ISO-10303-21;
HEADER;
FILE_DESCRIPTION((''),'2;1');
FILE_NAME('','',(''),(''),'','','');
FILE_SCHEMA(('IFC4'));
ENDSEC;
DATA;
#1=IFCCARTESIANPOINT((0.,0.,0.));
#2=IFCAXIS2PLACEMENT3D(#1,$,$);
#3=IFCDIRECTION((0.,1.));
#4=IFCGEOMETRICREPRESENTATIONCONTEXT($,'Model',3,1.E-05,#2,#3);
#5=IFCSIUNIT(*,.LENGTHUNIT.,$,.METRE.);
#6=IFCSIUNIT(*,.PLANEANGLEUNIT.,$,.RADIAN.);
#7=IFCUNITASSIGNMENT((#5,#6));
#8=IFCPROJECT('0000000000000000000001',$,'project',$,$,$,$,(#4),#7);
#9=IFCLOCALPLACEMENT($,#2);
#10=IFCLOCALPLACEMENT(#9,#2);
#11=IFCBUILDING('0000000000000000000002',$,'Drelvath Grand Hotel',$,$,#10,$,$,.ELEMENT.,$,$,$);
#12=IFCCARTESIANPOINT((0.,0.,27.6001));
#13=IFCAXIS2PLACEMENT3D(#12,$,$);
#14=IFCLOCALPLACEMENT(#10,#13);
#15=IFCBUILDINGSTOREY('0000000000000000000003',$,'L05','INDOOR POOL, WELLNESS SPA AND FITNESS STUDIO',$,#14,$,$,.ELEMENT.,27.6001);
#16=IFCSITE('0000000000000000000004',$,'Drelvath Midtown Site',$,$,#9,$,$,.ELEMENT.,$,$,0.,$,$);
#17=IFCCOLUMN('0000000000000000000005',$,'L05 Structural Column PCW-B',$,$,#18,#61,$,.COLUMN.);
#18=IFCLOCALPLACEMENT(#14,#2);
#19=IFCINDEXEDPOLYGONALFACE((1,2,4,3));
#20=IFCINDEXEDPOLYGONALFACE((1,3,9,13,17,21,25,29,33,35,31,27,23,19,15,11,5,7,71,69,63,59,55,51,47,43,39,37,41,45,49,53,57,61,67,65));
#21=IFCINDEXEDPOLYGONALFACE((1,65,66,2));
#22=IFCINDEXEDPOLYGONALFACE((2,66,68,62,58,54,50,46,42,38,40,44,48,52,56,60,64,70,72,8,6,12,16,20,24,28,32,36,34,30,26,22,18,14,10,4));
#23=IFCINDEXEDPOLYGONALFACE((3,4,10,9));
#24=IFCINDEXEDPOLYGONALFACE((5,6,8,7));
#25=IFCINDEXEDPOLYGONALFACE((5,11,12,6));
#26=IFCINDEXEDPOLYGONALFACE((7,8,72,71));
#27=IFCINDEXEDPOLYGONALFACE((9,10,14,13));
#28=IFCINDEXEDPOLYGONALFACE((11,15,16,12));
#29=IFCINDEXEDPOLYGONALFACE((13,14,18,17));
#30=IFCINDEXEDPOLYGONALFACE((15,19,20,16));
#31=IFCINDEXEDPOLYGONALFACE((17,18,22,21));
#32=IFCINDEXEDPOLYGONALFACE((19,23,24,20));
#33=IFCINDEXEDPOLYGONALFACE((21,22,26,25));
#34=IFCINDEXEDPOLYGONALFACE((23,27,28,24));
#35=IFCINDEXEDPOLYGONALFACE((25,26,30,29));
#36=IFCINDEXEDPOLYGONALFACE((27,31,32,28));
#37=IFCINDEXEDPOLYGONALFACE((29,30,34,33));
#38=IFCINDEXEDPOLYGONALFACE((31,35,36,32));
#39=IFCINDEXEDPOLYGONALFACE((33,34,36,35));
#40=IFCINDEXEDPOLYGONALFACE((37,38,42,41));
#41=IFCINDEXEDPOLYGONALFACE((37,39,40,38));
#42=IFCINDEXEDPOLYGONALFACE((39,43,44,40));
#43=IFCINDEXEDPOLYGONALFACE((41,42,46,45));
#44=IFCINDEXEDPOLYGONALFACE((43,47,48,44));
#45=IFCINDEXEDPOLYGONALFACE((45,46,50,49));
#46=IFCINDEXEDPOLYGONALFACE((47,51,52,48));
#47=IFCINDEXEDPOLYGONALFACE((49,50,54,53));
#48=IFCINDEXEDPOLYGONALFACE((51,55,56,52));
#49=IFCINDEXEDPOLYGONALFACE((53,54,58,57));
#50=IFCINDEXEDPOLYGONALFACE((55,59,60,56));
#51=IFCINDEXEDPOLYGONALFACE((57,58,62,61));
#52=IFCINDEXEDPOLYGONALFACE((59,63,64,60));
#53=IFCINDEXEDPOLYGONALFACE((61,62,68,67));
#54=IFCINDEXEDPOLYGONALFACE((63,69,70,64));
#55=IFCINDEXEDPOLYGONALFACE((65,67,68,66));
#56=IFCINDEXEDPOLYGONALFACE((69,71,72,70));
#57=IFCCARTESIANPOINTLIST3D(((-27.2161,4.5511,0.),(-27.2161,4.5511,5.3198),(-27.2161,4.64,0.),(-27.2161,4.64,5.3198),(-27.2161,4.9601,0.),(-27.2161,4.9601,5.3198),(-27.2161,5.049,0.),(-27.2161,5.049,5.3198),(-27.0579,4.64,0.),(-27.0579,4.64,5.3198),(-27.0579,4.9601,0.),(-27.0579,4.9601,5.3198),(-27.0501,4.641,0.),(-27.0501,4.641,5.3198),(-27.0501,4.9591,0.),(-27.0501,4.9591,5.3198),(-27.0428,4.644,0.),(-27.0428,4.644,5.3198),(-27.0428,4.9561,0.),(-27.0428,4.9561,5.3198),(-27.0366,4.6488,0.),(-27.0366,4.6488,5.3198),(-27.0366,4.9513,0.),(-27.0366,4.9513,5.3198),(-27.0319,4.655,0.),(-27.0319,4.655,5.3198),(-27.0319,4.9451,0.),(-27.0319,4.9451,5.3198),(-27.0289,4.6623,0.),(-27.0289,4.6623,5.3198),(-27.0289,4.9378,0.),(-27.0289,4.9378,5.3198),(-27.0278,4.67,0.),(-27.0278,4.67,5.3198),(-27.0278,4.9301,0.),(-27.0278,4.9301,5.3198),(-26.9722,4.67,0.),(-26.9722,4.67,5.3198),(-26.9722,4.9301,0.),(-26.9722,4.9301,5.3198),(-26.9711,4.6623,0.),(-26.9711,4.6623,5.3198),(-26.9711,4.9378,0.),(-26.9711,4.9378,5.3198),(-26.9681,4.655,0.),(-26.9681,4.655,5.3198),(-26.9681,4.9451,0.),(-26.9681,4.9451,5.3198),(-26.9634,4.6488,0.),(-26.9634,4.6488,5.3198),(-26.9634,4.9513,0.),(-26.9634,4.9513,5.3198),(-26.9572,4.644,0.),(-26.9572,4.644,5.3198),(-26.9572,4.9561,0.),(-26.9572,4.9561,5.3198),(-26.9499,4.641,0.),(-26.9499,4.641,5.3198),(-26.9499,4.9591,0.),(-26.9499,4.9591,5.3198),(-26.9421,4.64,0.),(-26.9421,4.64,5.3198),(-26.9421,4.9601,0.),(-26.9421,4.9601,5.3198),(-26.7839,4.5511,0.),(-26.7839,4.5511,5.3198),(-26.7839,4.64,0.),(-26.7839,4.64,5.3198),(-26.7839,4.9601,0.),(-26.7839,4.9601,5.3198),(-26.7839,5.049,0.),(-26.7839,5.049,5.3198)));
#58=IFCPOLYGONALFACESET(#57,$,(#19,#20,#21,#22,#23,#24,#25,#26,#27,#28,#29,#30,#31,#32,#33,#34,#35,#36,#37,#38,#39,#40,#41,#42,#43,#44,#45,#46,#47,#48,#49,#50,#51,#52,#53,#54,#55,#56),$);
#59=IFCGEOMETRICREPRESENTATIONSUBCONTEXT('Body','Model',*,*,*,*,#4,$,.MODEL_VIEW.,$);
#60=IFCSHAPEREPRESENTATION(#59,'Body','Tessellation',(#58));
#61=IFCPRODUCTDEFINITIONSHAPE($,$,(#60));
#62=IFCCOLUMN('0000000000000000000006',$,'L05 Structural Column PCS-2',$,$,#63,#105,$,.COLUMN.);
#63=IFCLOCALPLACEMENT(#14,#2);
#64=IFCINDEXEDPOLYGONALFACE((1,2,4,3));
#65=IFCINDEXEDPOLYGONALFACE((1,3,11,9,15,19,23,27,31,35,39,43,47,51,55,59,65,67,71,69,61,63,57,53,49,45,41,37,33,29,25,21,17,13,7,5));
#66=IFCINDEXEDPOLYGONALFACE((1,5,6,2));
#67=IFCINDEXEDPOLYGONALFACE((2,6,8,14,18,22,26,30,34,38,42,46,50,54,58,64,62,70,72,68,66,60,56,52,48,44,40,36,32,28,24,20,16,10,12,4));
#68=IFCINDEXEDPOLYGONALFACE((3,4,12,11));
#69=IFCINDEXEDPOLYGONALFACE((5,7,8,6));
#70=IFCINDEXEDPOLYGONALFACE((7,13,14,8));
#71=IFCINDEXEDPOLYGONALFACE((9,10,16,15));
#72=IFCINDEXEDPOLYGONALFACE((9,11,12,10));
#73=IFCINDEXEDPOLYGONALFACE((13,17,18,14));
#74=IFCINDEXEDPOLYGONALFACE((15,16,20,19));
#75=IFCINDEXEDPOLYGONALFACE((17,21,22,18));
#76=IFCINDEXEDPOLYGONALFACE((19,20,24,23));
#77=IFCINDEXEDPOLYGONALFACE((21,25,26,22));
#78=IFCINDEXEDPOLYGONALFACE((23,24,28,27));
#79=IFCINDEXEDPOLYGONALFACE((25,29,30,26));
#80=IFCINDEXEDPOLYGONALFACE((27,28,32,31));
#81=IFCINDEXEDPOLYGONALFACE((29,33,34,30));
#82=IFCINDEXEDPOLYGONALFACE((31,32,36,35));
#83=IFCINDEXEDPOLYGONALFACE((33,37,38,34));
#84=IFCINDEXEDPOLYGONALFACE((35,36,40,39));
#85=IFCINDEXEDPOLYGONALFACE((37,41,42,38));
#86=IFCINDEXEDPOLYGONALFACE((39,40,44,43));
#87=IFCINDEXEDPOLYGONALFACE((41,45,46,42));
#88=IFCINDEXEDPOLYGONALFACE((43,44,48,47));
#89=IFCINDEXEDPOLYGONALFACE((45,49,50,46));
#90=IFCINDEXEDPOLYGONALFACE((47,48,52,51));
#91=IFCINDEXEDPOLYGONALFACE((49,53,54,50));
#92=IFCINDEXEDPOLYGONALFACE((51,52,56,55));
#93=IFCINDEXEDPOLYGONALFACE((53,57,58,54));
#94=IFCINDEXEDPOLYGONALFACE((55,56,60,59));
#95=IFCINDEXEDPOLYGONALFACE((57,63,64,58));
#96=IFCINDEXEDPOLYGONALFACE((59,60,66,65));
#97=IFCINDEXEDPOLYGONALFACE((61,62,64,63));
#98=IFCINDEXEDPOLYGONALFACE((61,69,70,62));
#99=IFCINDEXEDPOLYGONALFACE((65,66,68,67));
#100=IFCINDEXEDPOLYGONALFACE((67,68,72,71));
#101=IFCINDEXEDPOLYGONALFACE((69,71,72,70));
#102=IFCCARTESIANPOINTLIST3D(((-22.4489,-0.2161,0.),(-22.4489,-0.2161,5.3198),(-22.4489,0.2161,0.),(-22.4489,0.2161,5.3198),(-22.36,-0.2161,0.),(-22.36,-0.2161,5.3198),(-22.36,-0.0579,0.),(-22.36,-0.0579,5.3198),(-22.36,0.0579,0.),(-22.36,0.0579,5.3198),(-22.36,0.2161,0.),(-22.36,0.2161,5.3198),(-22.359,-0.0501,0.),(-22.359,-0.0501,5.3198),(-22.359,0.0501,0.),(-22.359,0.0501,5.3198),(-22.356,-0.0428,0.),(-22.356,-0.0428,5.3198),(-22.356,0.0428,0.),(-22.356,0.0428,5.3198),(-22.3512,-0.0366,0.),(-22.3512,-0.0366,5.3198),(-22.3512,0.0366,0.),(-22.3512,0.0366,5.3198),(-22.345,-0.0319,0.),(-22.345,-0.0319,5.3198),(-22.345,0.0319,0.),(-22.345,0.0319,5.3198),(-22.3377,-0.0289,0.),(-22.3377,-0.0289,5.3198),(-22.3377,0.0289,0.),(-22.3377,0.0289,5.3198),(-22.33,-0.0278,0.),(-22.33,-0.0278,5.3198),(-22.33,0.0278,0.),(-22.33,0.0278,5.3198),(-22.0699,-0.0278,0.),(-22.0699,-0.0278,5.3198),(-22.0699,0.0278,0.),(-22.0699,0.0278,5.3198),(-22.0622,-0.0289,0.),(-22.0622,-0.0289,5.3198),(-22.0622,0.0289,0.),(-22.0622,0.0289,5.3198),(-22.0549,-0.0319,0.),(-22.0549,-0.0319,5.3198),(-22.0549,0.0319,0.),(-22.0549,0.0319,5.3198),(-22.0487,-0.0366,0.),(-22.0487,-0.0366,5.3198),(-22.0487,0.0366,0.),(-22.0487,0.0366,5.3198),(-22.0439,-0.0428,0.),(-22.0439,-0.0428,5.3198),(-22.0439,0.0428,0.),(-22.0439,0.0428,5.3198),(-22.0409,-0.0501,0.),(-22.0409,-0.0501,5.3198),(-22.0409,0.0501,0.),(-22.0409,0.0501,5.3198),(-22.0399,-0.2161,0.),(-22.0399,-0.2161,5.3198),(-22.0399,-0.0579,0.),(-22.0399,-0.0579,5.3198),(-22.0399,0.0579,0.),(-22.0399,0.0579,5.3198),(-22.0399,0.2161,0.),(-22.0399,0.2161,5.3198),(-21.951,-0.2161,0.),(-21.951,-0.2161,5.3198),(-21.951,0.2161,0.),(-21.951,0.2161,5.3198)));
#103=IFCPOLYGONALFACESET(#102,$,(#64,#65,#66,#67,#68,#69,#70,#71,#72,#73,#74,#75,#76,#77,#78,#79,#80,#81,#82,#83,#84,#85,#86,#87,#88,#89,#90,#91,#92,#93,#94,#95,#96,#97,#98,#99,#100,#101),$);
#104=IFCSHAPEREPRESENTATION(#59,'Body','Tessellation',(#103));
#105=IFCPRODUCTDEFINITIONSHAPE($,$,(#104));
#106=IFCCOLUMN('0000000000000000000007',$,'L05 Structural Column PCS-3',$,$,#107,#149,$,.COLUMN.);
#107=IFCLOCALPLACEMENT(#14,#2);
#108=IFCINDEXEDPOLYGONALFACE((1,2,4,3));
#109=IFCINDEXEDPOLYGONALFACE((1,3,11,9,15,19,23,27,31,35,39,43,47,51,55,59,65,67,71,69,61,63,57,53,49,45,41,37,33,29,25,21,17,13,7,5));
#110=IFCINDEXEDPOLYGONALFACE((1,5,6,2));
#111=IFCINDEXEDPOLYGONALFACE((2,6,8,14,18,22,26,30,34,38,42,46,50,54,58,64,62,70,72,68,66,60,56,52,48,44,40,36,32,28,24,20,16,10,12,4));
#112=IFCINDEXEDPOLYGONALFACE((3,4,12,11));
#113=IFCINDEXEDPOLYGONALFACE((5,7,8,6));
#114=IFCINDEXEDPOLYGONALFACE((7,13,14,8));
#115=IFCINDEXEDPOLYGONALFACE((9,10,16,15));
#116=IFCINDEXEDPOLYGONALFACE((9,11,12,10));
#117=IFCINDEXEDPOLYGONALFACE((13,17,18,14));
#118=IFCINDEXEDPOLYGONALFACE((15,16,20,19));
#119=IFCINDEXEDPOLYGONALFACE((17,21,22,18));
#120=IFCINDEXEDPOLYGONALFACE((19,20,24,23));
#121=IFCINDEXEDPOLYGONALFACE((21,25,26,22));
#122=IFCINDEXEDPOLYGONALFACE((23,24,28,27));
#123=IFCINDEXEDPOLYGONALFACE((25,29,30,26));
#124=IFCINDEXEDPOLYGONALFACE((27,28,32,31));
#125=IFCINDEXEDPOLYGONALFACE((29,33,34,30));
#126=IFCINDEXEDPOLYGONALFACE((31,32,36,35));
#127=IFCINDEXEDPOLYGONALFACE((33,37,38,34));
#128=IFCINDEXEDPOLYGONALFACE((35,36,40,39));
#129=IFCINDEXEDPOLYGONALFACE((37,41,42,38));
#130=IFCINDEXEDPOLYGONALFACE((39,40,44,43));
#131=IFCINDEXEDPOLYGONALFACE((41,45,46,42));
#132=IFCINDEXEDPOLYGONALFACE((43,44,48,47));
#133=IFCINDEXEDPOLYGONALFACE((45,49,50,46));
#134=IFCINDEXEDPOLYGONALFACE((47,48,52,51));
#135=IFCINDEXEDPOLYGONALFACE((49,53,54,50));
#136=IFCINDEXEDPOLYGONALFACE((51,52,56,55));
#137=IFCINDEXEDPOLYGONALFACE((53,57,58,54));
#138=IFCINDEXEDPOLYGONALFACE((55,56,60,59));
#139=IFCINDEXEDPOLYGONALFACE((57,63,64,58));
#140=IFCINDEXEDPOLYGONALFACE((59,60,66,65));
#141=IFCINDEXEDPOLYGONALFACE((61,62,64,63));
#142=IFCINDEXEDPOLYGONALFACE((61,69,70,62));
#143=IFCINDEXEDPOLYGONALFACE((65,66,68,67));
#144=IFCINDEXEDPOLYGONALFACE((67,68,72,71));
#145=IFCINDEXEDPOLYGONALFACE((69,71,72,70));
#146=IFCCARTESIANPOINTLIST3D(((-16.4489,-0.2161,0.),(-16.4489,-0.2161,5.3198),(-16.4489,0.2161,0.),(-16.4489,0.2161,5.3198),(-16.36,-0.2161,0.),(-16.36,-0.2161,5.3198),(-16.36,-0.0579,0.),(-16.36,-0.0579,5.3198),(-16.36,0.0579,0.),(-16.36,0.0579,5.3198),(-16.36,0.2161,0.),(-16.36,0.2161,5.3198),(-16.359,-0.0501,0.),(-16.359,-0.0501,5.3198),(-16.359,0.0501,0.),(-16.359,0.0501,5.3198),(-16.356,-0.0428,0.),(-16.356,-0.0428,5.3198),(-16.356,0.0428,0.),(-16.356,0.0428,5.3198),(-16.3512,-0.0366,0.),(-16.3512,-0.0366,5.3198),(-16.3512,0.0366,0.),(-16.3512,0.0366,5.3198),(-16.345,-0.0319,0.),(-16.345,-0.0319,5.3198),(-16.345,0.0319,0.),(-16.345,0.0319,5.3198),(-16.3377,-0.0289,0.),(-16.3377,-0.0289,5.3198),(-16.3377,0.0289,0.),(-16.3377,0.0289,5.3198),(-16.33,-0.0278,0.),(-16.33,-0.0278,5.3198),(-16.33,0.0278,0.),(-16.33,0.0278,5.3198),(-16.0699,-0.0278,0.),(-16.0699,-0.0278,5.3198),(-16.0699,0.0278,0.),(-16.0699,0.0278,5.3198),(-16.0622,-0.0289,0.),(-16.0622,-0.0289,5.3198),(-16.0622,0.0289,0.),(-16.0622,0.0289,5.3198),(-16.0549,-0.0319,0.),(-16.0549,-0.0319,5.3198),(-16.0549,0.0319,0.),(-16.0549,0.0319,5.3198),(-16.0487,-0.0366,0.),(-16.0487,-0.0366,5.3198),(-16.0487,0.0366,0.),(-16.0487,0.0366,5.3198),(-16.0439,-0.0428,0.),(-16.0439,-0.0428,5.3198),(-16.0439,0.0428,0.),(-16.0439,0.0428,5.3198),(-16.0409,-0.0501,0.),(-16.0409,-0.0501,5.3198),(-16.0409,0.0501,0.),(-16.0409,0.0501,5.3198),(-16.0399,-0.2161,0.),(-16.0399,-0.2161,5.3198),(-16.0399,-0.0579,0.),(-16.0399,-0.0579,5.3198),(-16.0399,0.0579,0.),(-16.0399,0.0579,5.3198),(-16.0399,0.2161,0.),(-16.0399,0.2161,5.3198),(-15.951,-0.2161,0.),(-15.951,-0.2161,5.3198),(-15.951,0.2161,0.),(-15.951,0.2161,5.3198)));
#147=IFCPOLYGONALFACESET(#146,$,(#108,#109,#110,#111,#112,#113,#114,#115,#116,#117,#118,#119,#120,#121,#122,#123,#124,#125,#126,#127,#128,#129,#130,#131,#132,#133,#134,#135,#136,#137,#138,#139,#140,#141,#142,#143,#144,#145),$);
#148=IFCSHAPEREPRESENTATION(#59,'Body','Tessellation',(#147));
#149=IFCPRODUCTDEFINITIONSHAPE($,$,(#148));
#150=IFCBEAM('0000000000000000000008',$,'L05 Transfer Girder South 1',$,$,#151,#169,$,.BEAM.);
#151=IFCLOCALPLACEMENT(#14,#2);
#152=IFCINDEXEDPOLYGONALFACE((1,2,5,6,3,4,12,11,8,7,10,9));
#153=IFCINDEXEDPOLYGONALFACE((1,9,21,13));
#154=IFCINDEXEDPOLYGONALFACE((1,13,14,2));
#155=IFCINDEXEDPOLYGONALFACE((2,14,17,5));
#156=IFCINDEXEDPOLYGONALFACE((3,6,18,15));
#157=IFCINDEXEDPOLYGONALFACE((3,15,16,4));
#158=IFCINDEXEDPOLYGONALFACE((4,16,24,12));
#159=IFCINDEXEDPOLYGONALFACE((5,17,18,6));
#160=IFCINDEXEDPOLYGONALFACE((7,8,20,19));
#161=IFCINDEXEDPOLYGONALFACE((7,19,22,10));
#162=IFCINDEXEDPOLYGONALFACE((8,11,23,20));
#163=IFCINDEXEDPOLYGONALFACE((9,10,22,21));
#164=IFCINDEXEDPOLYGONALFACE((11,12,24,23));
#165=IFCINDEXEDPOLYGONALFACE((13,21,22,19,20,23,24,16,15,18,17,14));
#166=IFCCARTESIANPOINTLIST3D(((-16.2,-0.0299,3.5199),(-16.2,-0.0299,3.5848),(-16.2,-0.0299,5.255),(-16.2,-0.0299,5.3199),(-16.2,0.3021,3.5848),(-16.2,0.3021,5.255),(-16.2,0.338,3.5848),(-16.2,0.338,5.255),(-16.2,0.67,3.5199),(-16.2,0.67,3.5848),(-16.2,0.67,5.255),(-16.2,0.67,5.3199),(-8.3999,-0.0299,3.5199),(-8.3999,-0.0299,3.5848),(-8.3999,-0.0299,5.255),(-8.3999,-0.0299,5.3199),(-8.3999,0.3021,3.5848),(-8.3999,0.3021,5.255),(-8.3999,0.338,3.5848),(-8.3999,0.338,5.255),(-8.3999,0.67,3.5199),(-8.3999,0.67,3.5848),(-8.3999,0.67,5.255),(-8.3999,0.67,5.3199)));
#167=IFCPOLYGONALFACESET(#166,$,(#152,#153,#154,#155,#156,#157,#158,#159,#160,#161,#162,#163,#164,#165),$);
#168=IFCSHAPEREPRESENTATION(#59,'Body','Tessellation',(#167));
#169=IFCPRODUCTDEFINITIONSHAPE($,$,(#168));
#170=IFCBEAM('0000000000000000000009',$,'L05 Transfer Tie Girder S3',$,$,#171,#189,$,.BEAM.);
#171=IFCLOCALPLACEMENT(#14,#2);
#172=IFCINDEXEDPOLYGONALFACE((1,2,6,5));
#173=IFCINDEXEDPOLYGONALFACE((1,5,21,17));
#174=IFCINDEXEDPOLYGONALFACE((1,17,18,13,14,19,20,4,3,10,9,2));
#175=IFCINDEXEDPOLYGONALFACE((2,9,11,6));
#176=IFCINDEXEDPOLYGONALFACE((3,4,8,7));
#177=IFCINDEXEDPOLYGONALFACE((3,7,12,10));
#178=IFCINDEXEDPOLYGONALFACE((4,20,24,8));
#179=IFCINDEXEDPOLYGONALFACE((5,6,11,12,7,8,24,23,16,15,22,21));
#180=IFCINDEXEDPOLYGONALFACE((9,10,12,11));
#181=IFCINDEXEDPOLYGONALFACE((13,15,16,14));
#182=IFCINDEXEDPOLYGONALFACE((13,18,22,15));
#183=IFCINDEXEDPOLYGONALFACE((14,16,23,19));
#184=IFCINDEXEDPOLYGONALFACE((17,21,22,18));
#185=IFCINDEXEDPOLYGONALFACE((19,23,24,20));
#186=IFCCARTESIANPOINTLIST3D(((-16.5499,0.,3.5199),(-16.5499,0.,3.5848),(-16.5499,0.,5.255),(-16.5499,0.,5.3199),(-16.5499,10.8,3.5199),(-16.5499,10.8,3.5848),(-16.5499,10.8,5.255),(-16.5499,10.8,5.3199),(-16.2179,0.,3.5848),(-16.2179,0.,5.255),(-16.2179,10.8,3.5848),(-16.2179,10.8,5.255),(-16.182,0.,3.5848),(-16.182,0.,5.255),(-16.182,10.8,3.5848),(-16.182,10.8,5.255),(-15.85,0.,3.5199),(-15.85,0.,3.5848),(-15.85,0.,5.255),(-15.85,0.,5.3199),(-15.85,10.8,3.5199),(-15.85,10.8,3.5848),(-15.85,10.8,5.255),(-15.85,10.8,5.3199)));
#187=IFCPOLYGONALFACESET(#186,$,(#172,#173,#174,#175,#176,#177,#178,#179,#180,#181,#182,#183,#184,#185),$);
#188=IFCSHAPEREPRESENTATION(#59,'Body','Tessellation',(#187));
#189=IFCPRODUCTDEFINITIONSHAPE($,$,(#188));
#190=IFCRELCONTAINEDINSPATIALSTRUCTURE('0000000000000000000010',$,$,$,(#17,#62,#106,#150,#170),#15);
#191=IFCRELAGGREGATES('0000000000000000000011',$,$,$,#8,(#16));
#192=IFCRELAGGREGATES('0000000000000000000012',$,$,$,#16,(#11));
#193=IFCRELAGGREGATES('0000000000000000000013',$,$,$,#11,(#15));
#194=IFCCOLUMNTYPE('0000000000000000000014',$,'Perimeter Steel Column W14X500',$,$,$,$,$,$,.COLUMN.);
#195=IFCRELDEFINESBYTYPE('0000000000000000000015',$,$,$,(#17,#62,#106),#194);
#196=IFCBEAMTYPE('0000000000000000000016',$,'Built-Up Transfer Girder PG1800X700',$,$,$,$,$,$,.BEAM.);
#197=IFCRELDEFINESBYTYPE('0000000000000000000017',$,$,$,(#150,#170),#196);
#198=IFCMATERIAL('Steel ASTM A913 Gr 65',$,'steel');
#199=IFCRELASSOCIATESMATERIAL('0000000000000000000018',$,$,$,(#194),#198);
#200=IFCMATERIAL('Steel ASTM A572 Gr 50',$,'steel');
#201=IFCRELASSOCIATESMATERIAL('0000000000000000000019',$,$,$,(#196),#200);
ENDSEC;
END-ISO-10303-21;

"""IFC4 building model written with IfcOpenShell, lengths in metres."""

from ifc_helpers import new_model, si_unit, direction, frame, origin, origin_2d, place, context, subcontext, project, spatial, i_section, extrude, material, material_profile, profile_set, type_object, element, save


model = new_model("IFC4")

# Units and contexts
model_context = context("Model", 3, precision=1e-05, world=origin(), true_north=direction((0.0, 1.0)))
body_context = subcontext(model_context, "Body", "Model", "MODEL_VIEW")
ifc_project = project(units=[si_unit("LENGTHUNIT", "METRE"), si_unit("PLANEANGLEUNIT", "RADIAN")], contexts=[model_context])

# Site, building, storey
site_placement = place(None, origin())
site = spatial("IfcSite", under=ifc_project, at=site_placement, Name="Drelvath Midtown Site", CompositionType="ELEMENT", RefElevation=0.0)
building_placement = place(site_placement, origin())
building = spatial("IfcBuilding", under=site, at=building_placement, Name="Drelvath Grand Hotel", CompositionType="ELEMENT")
storey_placement = place(building_placement, frame((0.0, 0.0, 27.6001)))
storey = spatial("IfcBuildingStorey", under=building, at=storey_placement, Name="L05", Description="INDOOR POOL, WELLNESS SPA AND FITNESS STUDIO", CompositionType="ELEMENT", Elevation=27.6001)

# Columns
ifc_material_1 = material(Name="Steel ASTM A913 Gr 65", Category="steel")
ifc_material_profile_1 = material_profile(ifc_material_1, i_section(OverallWidth=0.4321, OverallDepth=0.4978, WebThickness=0.0557, FlangeThickness=0.0889, FilletRadius=0.03, at=origin_2d()), Name="W14X500")
ifc_profile_set_1 = profile_set([ifc_material_profile_1], Name="Steel ASTM A913 Gr 65")
column_type = type_object("IfcColumnType", Name="Perimeter Steel Column W14X500", PredefinedType="COLUMN", material=ifc_profile_set_1)
for number, where, z_axis, x_axis, name in (
    (1, (-27.0, 4.8, 0.0), (0.0, 0.0, 1.0), (1.0, 0.0, 0.0), "L05 Structural Column PCW-B"),
    (2, (-22.2, 0.0, 0.0), (0.0, 0.0, 1.0), (0.0, 1.0, 0.0), "L05 Structural Column PCS-2"),
    (3, (-16.2, 0.0, 0.0), (0.0, 0.0, 1.0), (0.0, 1.0, 0.0), "L05 Structural Column PCS-3"),
):
    element("IfcColumn", number, at=place(storey_placement, frame(where, z_axis=z_axis, x_axis=x_axis)), inside=storey, type_object=column_type, Name=name, PredefinedType="COLUMN", context=body_context, shape_type="SweptSolid", body=[
        extrude(i_section(OverallWidth=0.4321, OverallDepth=0.4978, WebThickness=0.0557, FlangeThickness=0.0889, FilletRadius=0.03, at=origin_2d()), origin(), (0.0, 0.0, 1.0), 5.3198),
    ])

# Beams
ifc_material_2 = material(Name="Steel ASTM A572 Gr 50", Category="steel")
ifc_material_profile_2 = material_profile(ifc_material_2, i_section(OverallWidth=0.7, OverallDepth=1.8, WebThickness=0.0359, FlangeThickness=0.0649, at=origin_2d()), Name="PG1800X700")
ifc_profile_set_2 = profile_set([ifc_material_profile_2], Name="Steel ASTM A572 Gr 50")
beam_type_1 = type_object("IfcBeamType", Name="Built-Up Transfer Girder PG1800X700", PredefinedType="BEAM", material=ifc_profile_set_2)
beam_1_placement = place(storey_placement, frame((-16.2, 0.3201, 4.4199), z_axis=(1.0, 0.0, 0.0), x_axis=(0.0, 1.0, 0.0)))
element("IfcBeam", 4, at=beam_1_placement, inside=storey, type_object=beam_type_1, Name="L05 Transfer Girder South 1", PredefinedType="BEAM", context=body_context, shape_type="SweptSolid", body=[
    extrude(i_section(OverallWidth=0.7, OverallDepth=1.8, WebThickness=0.0359, FlangeThickness=0.0649, at=origin_2d()), origin(), (0.0, 0.0, 1.0), 7.8),
])
beam_2_placement = place(storey_placement, frame((-16.2, 0.0, 4.4199), z_axis=(0.0, 1.0, 0.0), x_axis=(-1.0, 0.0, 0.0)))
element("IfcBeam", 5, at=beam_2_placement, inside=storey, type_object=beam_type_1, Name="L05 Transfer Tie Girder S3", PredefinedType="BEAM", context=body_context, shape_type="SweptSolid", body=[
    extrude(i_section(OverallWidth=0.7, OverallDepth=1.8, WebThickness=0.0359, FlangeThickness=0.0649, at=origin_2d()), origin(), (0.0, 0.0, 1.0), 10.8),
])

save(model, "model.ifc")
